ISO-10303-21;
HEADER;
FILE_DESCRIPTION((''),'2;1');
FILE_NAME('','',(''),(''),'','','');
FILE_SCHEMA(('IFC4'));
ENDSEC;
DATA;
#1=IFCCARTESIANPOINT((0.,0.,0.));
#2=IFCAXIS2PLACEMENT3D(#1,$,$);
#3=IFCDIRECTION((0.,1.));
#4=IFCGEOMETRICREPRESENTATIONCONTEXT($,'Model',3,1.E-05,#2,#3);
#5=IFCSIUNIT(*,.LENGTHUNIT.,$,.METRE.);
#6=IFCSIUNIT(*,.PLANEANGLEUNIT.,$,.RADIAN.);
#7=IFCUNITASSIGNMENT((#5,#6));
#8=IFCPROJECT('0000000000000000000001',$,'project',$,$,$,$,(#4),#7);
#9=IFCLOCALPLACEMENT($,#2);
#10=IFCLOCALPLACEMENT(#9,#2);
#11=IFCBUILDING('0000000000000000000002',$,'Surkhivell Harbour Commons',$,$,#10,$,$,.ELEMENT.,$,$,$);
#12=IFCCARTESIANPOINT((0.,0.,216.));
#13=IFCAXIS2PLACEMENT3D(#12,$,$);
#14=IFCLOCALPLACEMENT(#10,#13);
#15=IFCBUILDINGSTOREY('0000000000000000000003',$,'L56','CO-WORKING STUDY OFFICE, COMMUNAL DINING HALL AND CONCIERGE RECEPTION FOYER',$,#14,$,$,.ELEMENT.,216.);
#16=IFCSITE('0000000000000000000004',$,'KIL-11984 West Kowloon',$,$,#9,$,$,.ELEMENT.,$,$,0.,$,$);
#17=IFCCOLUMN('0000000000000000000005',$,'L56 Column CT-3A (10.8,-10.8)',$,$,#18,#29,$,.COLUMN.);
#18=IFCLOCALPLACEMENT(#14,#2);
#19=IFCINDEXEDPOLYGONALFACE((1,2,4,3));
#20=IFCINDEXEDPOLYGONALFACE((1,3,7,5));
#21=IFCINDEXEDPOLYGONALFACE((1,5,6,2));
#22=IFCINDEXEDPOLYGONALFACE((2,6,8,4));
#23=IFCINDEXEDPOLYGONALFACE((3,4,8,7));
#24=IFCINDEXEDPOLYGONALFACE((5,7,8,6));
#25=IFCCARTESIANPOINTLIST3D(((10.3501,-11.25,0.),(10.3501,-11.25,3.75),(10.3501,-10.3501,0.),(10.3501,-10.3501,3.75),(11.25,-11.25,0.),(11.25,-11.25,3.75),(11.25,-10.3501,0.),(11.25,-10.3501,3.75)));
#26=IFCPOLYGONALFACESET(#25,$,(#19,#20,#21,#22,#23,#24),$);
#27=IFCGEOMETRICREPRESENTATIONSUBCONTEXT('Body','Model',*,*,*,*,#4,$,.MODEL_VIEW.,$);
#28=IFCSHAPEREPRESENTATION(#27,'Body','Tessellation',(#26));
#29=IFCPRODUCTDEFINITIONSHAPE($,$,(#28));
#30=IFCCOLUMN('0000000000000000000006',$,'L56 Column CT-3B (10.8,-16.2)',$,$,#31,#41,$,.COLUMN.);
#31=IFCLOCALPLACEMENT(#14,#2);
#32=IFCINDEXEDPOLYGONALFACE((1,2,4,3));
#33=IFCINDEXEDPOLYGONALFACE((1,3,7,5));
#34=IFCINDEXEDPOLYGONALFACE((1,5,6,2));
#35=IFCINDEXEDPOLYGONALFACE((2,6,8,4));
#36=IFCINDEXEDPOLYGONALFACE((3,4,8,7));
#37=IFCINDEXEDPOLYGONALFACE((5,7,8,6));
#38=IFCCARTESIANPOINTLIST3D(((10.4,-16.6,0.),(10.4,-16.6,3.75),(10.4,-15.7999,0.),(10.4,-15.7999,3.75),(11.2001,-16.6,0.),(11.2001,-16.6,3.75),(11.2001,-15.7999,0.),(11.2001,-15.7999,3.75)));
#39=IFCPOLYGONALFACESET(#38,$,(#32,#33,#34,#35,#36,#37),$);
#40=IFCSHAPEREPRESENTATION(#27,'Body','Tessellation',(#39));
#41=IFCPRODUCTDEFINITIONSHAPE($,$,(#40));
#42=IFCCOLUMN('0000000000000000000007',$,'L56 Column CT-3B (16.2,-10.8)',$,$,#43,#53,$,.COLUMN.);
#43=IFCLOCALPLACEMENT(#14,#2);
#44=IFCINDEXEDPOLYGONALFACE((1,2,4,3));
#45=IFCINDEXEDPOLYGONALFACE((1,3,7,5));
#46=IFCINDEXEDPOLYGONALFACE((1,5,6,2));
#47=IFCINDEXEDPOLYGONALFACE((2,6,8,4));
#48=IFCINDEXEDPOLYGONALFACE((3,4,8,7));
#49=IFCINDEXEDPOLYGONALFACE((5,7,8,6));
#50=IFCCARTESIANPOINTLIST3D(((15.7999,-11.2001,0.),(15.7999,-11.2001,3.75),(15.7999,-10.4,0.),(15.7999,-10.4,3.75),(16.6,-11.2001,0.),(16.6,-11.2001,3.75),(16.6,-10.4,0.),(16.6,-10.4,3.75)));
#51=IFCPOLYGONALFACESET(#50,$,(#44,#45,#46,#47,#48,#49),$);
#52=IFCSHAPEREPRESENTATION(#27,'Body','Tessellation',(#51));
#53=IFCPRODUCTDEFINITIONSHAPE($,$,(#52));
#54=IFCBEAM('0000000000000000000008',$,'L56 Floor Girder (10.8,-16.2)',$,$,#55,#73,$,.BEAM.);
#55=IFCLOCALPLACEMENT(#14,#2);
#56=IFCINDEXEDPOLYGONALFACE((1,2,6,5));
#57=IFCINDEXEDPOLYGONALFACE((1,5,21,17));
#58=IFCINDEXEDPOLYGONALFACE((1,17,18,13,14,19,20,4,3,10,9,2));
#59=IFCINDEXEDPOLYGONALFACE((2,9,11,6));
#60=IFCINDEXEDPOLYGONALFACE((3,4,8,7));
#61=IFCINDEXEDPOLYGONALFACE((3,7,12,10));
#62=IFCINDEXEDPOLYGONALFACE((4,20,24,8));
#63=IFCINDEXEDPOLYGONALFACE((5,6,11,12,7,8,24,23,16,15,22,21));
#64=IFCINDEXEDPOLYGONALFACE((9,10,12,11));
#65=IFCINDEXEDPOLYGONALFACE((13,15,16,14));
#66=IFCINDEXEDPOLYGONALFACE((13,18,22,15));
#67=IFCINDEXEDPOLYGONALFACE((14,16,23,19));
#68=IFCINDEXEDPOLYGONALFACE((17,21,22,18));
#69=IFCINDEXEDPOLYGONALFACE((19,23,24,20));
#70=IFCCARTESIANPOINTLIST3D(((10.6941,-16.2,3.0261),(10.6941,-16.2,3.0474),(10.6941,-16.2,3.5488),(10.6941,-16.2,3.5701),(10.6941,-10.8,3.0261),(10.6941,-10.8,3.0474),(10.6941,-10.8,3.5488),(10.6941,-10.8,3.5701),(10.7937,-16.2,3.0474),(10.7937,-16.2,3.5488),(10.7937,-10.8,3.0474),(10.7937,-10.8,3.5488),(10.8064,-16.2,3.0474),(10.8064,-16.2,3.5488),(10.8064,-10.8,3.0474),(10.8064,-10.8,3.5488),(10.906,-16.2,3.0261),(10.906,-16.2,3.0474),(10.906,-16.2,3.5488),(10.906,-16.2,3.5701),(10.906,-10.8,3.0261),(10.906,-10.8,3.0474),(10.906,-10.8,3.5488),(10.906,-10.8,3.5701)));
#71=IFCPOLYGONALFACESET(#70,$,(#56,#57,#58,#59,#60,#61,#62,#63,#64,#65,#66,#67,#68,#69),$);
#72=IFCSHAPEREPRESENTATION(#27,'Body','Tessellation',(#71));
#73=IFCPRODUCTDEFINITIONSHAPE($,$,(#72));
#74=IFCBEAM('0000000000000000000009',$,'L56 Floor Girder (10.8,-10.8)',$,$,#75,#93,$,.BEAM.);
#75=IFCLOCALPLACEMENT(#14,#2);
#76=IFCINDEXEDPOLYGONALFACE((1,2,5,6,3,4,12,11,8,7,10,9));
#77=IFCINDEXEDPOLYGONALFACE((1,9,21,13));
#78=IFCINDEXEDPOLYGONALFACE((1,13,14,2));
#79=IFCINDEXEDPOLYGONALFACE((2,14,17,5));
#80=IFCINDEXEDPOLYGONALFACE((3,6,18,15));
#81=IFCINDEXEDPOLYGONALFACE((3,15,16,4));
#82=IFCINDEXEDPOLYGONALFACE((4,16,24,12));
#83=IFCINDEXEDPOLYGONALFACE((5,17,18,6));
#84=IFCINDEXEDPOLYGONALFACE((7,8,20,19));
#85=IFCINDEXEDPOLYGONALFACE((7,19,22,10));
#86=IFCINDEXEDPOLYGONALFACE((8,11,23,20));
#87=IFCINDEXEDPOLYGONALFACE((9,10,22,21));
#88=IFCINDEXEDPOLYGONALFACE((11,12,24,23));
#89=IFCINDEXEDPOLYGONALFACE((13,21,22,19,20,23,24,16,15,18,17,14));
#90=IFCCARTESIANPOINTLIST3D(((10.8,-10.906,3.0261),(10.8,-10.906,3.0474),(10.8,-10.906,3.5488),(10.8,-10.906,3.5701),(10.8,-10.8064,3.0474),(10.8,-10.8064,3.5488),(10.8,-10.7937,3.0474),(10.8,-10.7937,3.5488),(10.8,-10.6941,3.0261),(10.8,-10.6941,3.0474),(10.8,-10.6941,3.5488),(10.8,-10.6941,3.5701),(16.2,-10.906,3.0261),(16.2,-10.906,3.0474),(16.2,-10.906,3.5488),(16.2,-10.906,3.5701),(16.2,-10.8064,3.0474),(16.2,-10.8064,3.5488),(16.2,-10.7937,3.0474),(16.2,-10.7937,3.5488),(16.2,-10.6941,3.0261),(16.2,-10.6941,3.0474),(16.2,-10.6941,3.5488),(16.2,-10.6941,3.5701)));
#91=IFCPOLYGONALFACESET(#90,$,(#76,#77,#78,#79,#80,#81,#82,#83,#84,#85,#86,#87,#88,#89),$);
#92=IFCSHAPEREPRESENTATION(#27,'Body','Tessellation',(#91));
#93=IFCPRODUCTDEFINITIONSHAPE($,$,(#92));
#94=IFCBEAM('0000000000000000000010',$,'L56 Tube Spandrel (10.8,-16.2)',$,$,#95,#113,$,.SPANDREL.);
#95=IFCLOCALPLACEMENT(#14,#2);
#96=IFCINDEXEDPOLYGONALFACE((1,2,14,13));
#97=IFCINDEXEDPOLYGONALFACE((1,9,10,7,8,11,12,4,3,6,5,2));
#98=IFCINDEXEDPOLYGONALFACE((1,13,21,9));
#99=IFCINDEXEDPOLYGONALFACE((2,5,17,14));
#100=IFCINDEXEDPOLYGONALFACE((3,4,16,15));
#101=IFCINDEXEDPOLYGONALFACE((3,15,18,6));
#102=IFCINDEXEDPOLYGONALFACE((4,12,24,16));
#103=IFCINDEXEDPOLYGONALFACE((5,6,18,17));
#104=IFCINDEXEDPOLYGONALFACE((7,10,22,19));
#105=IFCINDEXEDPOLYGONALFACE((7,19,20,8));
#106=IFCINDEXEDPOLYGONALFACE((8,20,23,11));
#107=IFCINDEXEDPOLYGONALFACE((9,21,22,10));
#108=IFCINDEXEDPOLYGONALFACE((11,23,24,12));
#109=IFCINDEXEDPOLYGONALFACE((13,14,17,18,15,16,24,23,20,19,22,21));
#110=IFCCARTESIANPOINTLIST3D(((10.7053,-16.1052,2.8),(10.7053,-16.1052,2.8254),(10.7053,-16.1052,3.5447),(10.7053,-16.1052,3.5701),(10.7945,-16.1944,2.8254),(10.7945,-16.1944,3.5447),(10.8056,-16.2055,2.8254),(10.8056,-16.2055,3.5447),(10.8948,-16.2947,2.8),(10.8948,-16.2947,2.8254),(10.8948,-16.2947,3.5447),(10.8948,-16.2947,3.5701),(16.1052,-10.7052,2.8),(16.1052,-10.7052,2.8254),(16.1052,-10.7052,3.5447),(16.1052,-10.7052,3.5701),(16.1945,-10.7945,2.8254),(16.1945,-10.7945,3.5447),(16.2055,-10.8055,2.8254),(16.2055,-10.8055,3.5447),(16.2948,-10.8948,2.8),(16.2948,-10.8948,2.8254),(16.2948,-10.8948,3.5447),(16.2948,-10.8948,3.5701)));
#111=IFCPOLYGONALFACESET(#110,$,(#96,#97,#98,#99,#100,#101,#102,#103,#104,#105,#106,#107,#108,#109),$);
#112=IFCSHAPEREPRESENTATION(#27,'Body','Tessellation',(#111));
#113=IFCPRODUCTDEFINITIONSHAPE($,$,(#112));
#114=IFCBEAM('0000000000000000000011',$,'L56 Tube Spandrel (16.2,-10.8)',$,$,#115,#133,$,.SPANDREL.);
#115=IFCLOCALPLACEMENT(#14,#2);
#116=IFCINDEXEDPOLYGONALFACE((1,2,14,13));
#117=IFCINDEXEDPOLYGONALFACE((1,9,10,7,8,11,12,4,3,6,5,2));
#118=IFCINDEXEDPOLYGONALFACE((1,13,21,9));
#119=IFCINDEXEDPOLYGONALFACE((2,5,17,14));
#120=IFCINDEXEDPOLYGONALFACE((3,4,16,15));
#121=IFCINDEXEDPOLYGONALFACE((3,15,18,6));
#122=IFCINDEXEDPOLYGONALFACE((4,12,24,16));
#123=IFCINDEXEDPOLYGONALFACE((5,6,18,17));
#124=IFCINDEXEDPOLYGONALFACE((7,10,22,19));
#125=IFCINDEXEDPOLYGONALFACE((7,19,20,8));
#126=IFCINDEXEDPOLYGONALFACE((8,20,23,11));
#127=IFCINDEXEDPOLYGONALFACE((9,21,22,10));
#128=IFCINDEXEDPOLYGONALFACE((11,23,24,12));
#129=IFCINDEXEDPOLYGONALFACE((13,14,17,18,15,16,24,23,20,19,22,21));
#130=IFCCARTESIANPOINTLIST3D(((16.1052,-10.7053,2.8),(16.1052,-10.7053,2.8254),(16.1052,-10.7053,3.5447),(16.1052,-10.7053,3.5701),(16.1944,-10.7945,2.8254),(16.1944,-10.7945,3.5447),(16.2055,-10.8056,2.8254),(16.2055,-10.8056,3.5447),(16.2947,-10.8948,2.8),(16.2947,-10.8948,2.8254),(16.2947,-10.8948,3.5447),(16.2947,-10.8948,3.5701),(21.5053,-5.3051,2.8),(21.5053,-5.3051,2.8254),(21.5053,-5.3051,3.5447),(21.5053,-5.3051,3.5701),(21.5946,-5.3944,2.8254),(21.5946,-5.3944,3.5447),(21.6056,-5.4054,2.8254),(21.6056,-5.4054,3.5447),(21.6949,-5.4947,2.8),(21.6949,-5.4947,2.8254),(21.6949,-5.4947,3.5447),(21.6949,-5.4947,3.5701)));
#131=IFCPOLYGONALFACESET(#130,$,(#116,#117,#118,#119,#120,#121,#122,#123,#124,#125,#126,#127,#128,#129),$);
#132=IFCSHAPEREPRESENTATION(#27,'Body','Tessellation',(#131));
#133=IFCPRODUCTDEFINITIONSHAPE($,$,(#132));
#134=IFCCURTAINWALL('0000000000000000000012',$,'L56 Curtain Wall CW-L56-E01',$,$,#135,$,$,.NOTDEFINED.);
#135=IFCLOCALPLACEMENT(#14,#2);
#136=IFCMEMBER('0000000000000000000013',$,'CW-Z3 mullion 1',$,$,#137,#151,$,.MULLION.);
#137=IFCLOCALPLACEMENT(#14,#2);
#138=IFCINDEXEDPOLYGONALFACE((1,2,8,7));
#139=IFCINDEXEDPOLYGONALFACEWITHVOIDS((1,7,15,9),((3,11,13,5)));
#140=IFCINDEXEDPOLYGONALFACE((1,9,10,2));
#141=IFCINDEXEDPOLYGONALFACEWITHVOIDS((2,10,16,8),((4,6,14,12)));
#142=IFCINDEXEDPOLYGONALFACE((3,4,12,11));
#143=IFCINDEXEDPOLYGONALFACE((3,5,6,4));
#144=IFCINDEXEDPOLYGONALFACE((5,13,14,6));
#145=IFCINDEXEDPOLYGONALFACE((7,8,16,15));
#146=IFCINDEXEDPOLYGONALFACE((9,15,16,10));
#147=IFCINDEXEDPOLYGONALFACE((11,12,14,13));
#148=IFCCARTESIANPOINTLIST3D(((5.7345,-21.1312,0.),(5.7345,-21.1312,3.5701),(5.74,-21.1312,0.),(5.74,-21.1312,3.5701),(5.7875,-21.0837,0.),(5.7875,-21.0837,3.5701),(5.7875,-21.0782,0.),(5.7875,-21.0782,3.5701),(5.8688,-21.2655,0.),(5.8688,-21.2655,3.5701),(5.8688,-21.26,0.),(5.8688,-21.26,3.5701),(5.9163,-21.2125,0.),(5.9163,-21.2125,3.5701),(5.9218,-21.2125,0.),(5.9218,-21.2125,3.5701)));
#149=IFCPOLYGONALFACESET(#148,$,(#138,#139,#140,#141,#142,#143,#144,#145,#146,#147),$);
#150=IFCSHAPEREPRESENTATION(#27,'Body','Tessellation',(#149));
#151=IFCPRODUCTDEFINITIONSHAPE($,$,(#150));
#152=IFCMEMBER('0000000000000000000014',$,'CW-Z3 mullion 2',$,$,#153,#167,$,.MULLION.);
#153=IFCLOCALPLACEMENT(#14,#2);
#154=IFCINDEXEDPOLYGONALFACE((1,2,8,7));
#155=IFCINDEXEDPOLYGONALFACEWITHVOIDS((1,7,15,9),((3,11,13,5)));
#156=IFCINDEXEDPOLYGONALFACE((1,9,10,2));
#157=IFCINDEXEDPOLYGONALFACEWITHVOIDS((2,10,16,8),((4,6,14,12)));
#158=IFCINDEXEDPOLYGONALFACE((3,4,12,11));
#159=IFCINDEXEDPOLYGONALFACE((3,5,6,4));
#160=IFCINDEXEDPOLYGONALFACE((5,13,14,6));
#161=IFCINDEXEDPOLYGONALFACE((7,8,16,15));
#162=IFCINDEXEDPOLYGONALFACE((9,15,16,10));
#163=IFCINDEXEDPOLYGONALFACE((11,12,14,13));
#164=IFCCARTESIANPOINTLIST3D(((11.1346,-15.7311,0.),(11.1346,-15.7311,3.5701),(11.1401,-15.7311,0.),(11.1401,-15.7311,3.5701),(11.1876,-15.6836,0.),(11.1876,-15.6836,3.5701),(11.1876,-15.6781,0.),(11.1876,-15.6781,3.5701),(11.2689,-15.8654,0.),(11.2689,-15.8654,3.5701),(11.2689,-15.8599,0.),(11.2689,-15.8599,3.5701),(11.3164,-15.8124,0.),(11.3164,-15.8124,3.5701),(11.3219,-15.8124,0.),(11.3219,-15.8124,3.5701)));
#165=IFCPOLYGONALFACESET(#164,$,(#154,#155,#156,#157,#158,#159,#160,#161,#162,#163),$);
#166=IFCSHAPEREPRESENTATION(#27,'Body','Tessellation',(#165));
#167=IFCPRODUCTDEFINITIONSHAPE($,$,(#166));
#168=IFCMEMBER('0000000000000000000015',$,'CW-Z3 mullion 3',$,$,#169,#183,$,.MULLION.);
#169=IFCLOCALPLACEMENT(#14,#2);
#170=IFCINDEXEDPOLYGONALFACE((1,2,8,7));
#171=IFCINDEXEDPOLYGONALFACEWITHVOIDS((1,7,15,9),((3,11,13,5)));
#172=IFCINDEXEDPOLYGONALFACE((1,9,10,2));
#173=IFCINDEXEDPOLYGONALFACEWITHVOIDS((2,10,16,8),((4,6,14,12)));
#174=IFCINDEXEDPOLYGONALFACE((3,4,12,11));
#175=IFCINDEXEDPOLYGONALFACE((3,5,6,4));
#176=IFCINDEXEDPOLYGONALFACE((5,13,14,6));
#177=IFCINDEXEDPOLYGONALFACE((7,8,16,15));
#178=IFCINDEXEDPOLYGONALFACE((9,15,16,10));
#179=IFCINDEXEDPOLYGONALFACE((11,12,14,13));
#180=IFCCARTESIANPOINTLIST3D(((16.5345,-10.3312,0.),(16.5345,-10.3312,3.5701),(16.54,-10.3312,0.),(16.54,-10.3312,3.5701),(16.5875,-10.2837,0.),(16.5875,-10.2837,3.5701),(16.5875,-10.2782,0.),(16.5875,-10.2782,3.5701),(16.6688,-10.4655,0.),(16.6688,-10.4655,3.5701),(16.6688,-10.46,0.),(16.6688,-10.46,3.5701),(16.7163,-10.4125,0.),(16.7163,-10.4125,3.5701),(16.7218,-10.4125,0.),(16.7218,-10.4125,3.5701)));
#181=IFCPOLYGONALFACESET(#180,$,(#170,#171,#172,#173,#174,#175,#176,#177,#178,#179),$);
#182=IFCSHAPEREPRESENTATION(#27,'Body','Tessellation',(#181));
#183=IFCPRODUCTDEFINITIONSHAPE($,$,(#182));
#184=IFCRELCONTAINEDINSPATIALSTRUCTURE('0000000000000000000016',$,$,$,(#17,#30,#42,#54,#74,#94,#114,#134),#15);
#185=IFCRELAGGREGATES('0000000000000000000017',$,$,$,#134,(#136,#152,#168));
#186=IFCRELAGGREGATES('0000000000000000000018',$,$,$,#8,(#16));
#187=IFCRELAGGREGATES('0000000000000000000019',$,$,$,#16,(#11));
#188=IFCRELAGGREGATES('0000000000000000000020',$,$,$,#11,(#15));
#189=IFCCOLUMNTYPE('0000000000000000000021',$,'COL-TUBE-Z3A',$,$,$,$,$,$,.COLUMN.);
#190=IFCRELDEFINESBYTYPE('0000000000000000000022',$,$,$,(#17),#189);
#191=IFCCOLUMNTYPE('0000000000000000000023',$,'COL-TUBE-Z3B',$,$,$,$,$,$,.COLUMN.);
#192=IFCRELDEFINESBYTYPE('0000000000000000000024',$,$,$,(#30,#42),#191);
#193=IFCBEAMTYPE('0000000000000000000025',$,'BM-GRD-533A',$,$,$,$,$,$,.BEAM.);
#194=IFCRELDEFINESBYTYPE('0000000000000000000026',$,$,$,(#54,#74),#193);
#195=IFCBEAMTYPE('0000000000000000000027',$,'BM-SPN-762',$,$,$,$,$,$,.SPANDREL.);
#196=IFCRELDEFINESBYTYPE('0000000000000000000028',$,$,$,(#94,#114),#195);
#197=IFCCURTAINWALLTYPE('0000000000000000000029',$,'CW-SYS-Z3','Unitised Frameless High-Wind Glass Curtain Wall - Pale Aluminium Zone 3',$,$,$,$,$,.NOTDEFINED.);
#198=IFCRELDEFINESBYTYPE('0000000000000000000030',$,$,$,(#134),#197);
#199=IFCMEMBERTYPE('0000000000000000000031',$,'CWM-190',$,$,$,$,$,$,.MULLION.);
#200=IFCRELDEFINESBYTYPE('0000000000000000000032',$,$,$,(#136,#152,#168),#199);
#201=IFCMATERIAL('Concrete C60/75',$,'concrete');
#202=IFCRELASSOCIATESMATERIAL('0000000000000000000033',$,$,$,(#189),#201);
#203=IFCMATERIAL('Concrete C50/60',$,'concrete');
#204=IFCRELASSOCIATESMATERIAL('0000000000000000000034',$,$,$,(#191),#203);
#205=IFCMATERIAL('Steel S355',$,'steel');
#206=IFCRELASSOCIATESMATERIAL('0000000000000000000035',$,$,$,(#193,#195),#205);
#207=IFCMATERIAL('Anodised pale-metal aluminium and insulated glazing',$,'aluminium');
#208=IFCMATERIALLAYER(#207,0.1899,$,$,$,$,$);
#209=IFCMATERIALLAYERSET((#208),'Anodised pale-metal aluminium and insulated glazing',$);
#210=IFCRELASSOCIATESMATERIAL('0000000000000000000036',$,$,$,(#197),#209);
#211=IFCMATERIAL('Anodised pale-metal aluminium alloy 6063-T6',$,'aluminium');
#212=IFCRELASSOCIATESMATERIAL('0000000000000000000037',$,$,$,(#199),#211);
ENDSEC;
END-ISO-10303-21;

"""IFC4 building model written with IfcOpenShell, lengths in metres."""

from ifc_helpers import new_model, si_unit, direction, frame, origin, origin_2d, place, context, subcontext, project, spatial, rectangle, hollow_rectangle, i_section, extrude, material, layer, layer_set, material_profile, profile_set, type_object, element, aggregate, save


model = new_model("IFC4")

# Units and contexts
model_context = context("Model", 3, precision=1e-05, world=origin(), true_north=direction((0.0, 1.0)))
body_context = subcontext(model_context, "Body", "Model", "MODEL_VIEW")
ifc_project = project(units=[si_unit("LENGTHUNIT", "METRE"), si_unit("PLANEANGLEUNIT", "RADIAN")], contexts=[model_context])

# Site, building, storey
site_placement = place(None, origin())
site = spatial("IfcSite", under=ifc_project, at=site_placement, Name="KIL-11984 West Kowloon", CompositionType="ELEMENT", RefElevation=0.0)
building_placement = place(site_placement, origin())
building = spatial("IfcBuilding", under=site, at=building_placement, Name="Surkhivell Harbour Commons", CompositionType="ELEMENT")
storey_placement = place(building_placement, frame((0.0, 0.0, 216.0)))
storey = spatial("IfcBuildingStorey", under=building, at=storey_placement, Name="L56", Description="CO-WORKING STUDY OFFICE, COMMUNAL DINING HALL AND CONCIERGE RECEPTION FOYER", CompositionType="ELEMENT", Elevation=216.0)

# Columns
ifc_material_1 = material(Name="Concrete C60/75", Category="concrete")
ifc_material_profile_1 = material_profile(ifc_material_1, rectangle(XDim=0.8999, YDim=0.8999, at=origin_2d()), Name="RC-COL-900x900")
ifc_profile_set_1 = profile_set([ifc_material_profile_1], Name="Concrete C60/75")
column_type_1 = type_object("IfcColumnType", Name="COL-TUBE-Z3A", PredefinedType="COLUMN", material=ifc_profile_set_1)
column_placement = place(storey_placement, frame((10.8, -10.8, 0.0), z_axis=(0.0, 0.0, 1.0), x_axis=(1.0, 0.0, 0.0)))
element("IfcColumn", 1, at=column_placement, inside=storey, type_object=column_type_1, Name="L56 Column CT-3A (10.8,-10.8)", PredefinedType="COLUMN", context=body_context, shape_type="SweptSolid", body=[
    extrude(rectangle(XDim=0.8999, YDim=0.8999, at=origin_2d()), origin(), (0.0, 0.0, 1.0), 3.75),
])
ifc_material_2 = material(Name="Concrete C50/60", Category="concrete")
ifc_material_profile_2 = material_profile(ifc_material_2, rectangle(XDim=0.8, YDim=0.8, at=origin_2d()), Name="RC-COL-800x800")
ifc_profile_set_2 = profile_set([ifc_material_profile_2], Name="Concrete C50/60")
column_type_2 = type_object("IfcColumnType", Name="COL-TUBE-Z3B", PredefinedType="COLUMN", material=ifc_profile_set_2)
for number, where, z_axis, x_axis, name in (
    (2, (10.8, -16.2, 0.0), (0.0, 0.0, 1.0), (1.0, 0.0, 0.0), "L56 Column CT-3B (10.8,-16.2)"),
    (3, (16.2, -10.8, 0.0), (0.0, 0.0, 1.0), (1.0, 0.0, 0.0), "L56 Column CT-3B (16.2,-10.8)"),
):
    element("IfcColumn", number, at=place(storey_placement, frame(where, z_axis=z_axis, x_axis=x_axis)), inside=storey, type_object=column_type_2, Name=name, PredefinedType="COLUMN", context=body_context, shape_type="SweptSolid", body=[
        extrude(rectangle(XDim=0.8, YDim=0.8, at=origin_2d()), origin(), (0.0, 0.0, 1.0), 3.75),
    ])

# Beams
ifc_material_3 = material(Name="Steel S355", Category="steel")
ifc_material_profile_3 = material_profile(ifc_material_3, i_section(OverallWidth=0.2119, OverallDepth=0.5439, WebThickness=0.0127, FlangeThickness=0.0212, at=origin_2d()), Name="UB533x210x122")
ifc_profile_set_3 = profile_set([ifc_material_profile_3], Name="Steel S355")
beam_type_1 = type_object("IfcBeamType", Name="BM-GRD-533A", PredefinedType="BEAM", material=ifc_profile_set_3)
for number, where, z_axis, x_axis, name in (
    (4, (10.8, -16.2, 3.2981), (0.0, 1.0, 0.0), (-1.0, 0.0, 0.0), "L56 Floor Girder (10.8,-16.2)"),
    (5, (10.8, -10.8, 3.2981), (1.0, 0.0, 0.0), (0.0, 1.0, 0.0), "L56 Floor Girder (10.8,-10.8)"),
):
    element("IfcBeam", number, at=place(storey_placement, frame(where, z_axis=z_axis, x_axis=x_axis)), inside=storey, type_object=beam_type_1, Name=name, PredefinedType="BEAM", context=body_context, shape_type="SweptSolid", body=[
        extrude(i_section(OverallWidth=0.2119, OverallDepth=0.5439, WebThickness=0.0127, FlangeThickness=0.0212, at=origin_2d()), origin(), (0.0, 0.0, 1.0), 5.3999),
    ])
ifc_material_profile_4 = material_profile(ifc_material_3, i_section(OverallWidth=0.2681, OverallDepth=0.77, WebThickness=0.0156, FlangeThickness=0.0254, at=origin_2d()), Name="UB762x267x197")
ifc_profile_set_4 = profile_set([ifc_material_profile_4], Name="Steel S355")
beam_type_2 = type_object("IfcBeamType", Name="BM-SPN-762", PredefinedType="SPANDREL", material=ifc_profile_set_4)
beam_1_placement = place(storey_placement, frame((10.8, -16.2, 3.1851), z_axis=(0.707107, 0.707107, 0.0), x_axis=(-0.707107, 0.707107, 0.0)))
element("IfcBeam", 6, at=beam_1_placement, inside=storey, type_object=beam_type_2, Name="L56 Tube Spandrel (10.8,-16.2)", PredefinedType="SPANDREL", context=body_context, shape_type="SweptSolid", body=[
    extrude(i_section(OverallWidth=0.2681, OverallDepth=0.77, WebThickness=0.0156, FlangeThickness=0.0254, at=origin_2d()), origin(), (0.0, 0.0, 1.0), 7.6367),
])
beam_2_placement = place(storey_placement, frame((16.2, -10.8, 3.1851), z_axis=(0.707107, 0.707107, 0.0), x_axis=(-0.707107, 0.707107, 0.0)))
element("IfcBeam", 7, at=beam_2_placement, inside=storey, type_object=beam_type_2, Name="L56 Tube Spandrel (16.2,-10.8)", PredefinedType="SPANDREL", context=body_context, shape_type="SweptSolid", body=[
    extrude(i_section(OverallWidth=0.2681, OverallDepth=0.77, WebThickness=0.0156, FlangeThickness=0.0254, at=origin_2d()), origin(), (0.0, 0.0, 1.0), 7.637),
])

# Curtain wall, members
ifc_material_4 = material(Name="Anodised pale-metal aluminium and insulated glazing", Category="aluminium")
ifc_layer_1 = layer(ifc_material_4, 0.1899)
ifc_layer_set_1 = layer_set([ifc_layer_1], Name="Anodised pale-metal aluminium and insulated glazing")
curtain_wall_type = type_object("IfcCurtainWallType", Name="CW-SYS-Z3", Description="Unitised Frameless High-Wind Glass Curtain Wall - Pale Aluminium Zone 3", PredefinedType="NOTDEFINED", material=ifc_layer_set_1)
curtain_wall_placement = place(storey_placement, origin())
curtain_wall = element("IfcCurtainWall", 8, at=curtain_wall_placement, inside=storey, type_object=curtain_wall_type, Name="L56 Curtain Wall CW-L56-E01", PredefinedType="NOTDEFINED")
ifc_material_5 = material(Name="Anodised pale-metal aluminium alloy 6063-T6", Category="aluminium")
ifc_material_profile_5 = material_profile(ifc_material_5, hollow_rectangle(XDim=0.075, YDim=0.1899, WallThickness=0.0039, at=origin_2d()), Name="ALU-MULL-75x190")
ifc_profile_set_5 = profile_set([ifc_material_profile_5], Name="Anodised pale-metal aluminium alloy 6063-T6")
member_type_1 = type_object("IfcMemberType", Name="CWM-190", PredefinedType="MULLION", material=ifc_profile_set_5)
member_1_placement = place(storey_placement, frame((5.8281, -21.1719, 0.0), z_axis=(0.0, 0.0, 1.0), x_axis=(0.707107, 0.707107, 0.0)))
member_1 = element("IfcMember", 9, at=member_1_placement, type_object=member_type_1, Name="CW-Z3 mullion 1", PredefinedType="MULLION", context=body_context, shape_type="SweptSolid", body=[
    extrude(hollow_rectangle(XDim=0.075, YDim=0.1899, WallThickness=0.0039, at=origin_2d()), origin(), (0.0, 0.0, 1.0), 3.5701),
])
member_2_placement = place(storey_placement, frame((11.2283, -15.7717, 0.0), z_axis=(0.0, 0.0, 1.0), x_axis=(0.707107, 0.707107, 0.0)))
member_2 = element("IfcMember", 10, at=member_2_placement, type_object=member_type_1, Name="CW-Z3 mullion 2", PredefinedType="MULLION", context=body_context, shape_type="SweptSolid", body=[
    extrude(hollow_rectangle(XDim=0.075, YDim=0.1899, WallThickness=0.0039, at=origin_2d()), origin(), (0.0, 0.0, 1.0), 3.5701),
])
member_3_placement = place(storey_placement, frame((16.6282, -10.3718, 0.0), z_axis=(0.0, 0.0, 1.0), x_axis=(0.707107, 0.707107, 0.0)))
member_3 = element("IfcMember", 11, at=member_3_placement, type_object=member_type_1, Name="CW-Z3 mullion 3", PredefinedType="MULLION", context=body_context, shape_type="SweptSolid", body=[
    extrude(hollow_rectangle(XDim=0.075, YDim=0.1899, WallThickness=0.0039, at=origin_2d()), origin(), (0.0, 0.0, 1.0), 3.5701),
])
aggregate(curtain_wall, [member_1, member_2, member_3])

save(model, "model.ifc")
